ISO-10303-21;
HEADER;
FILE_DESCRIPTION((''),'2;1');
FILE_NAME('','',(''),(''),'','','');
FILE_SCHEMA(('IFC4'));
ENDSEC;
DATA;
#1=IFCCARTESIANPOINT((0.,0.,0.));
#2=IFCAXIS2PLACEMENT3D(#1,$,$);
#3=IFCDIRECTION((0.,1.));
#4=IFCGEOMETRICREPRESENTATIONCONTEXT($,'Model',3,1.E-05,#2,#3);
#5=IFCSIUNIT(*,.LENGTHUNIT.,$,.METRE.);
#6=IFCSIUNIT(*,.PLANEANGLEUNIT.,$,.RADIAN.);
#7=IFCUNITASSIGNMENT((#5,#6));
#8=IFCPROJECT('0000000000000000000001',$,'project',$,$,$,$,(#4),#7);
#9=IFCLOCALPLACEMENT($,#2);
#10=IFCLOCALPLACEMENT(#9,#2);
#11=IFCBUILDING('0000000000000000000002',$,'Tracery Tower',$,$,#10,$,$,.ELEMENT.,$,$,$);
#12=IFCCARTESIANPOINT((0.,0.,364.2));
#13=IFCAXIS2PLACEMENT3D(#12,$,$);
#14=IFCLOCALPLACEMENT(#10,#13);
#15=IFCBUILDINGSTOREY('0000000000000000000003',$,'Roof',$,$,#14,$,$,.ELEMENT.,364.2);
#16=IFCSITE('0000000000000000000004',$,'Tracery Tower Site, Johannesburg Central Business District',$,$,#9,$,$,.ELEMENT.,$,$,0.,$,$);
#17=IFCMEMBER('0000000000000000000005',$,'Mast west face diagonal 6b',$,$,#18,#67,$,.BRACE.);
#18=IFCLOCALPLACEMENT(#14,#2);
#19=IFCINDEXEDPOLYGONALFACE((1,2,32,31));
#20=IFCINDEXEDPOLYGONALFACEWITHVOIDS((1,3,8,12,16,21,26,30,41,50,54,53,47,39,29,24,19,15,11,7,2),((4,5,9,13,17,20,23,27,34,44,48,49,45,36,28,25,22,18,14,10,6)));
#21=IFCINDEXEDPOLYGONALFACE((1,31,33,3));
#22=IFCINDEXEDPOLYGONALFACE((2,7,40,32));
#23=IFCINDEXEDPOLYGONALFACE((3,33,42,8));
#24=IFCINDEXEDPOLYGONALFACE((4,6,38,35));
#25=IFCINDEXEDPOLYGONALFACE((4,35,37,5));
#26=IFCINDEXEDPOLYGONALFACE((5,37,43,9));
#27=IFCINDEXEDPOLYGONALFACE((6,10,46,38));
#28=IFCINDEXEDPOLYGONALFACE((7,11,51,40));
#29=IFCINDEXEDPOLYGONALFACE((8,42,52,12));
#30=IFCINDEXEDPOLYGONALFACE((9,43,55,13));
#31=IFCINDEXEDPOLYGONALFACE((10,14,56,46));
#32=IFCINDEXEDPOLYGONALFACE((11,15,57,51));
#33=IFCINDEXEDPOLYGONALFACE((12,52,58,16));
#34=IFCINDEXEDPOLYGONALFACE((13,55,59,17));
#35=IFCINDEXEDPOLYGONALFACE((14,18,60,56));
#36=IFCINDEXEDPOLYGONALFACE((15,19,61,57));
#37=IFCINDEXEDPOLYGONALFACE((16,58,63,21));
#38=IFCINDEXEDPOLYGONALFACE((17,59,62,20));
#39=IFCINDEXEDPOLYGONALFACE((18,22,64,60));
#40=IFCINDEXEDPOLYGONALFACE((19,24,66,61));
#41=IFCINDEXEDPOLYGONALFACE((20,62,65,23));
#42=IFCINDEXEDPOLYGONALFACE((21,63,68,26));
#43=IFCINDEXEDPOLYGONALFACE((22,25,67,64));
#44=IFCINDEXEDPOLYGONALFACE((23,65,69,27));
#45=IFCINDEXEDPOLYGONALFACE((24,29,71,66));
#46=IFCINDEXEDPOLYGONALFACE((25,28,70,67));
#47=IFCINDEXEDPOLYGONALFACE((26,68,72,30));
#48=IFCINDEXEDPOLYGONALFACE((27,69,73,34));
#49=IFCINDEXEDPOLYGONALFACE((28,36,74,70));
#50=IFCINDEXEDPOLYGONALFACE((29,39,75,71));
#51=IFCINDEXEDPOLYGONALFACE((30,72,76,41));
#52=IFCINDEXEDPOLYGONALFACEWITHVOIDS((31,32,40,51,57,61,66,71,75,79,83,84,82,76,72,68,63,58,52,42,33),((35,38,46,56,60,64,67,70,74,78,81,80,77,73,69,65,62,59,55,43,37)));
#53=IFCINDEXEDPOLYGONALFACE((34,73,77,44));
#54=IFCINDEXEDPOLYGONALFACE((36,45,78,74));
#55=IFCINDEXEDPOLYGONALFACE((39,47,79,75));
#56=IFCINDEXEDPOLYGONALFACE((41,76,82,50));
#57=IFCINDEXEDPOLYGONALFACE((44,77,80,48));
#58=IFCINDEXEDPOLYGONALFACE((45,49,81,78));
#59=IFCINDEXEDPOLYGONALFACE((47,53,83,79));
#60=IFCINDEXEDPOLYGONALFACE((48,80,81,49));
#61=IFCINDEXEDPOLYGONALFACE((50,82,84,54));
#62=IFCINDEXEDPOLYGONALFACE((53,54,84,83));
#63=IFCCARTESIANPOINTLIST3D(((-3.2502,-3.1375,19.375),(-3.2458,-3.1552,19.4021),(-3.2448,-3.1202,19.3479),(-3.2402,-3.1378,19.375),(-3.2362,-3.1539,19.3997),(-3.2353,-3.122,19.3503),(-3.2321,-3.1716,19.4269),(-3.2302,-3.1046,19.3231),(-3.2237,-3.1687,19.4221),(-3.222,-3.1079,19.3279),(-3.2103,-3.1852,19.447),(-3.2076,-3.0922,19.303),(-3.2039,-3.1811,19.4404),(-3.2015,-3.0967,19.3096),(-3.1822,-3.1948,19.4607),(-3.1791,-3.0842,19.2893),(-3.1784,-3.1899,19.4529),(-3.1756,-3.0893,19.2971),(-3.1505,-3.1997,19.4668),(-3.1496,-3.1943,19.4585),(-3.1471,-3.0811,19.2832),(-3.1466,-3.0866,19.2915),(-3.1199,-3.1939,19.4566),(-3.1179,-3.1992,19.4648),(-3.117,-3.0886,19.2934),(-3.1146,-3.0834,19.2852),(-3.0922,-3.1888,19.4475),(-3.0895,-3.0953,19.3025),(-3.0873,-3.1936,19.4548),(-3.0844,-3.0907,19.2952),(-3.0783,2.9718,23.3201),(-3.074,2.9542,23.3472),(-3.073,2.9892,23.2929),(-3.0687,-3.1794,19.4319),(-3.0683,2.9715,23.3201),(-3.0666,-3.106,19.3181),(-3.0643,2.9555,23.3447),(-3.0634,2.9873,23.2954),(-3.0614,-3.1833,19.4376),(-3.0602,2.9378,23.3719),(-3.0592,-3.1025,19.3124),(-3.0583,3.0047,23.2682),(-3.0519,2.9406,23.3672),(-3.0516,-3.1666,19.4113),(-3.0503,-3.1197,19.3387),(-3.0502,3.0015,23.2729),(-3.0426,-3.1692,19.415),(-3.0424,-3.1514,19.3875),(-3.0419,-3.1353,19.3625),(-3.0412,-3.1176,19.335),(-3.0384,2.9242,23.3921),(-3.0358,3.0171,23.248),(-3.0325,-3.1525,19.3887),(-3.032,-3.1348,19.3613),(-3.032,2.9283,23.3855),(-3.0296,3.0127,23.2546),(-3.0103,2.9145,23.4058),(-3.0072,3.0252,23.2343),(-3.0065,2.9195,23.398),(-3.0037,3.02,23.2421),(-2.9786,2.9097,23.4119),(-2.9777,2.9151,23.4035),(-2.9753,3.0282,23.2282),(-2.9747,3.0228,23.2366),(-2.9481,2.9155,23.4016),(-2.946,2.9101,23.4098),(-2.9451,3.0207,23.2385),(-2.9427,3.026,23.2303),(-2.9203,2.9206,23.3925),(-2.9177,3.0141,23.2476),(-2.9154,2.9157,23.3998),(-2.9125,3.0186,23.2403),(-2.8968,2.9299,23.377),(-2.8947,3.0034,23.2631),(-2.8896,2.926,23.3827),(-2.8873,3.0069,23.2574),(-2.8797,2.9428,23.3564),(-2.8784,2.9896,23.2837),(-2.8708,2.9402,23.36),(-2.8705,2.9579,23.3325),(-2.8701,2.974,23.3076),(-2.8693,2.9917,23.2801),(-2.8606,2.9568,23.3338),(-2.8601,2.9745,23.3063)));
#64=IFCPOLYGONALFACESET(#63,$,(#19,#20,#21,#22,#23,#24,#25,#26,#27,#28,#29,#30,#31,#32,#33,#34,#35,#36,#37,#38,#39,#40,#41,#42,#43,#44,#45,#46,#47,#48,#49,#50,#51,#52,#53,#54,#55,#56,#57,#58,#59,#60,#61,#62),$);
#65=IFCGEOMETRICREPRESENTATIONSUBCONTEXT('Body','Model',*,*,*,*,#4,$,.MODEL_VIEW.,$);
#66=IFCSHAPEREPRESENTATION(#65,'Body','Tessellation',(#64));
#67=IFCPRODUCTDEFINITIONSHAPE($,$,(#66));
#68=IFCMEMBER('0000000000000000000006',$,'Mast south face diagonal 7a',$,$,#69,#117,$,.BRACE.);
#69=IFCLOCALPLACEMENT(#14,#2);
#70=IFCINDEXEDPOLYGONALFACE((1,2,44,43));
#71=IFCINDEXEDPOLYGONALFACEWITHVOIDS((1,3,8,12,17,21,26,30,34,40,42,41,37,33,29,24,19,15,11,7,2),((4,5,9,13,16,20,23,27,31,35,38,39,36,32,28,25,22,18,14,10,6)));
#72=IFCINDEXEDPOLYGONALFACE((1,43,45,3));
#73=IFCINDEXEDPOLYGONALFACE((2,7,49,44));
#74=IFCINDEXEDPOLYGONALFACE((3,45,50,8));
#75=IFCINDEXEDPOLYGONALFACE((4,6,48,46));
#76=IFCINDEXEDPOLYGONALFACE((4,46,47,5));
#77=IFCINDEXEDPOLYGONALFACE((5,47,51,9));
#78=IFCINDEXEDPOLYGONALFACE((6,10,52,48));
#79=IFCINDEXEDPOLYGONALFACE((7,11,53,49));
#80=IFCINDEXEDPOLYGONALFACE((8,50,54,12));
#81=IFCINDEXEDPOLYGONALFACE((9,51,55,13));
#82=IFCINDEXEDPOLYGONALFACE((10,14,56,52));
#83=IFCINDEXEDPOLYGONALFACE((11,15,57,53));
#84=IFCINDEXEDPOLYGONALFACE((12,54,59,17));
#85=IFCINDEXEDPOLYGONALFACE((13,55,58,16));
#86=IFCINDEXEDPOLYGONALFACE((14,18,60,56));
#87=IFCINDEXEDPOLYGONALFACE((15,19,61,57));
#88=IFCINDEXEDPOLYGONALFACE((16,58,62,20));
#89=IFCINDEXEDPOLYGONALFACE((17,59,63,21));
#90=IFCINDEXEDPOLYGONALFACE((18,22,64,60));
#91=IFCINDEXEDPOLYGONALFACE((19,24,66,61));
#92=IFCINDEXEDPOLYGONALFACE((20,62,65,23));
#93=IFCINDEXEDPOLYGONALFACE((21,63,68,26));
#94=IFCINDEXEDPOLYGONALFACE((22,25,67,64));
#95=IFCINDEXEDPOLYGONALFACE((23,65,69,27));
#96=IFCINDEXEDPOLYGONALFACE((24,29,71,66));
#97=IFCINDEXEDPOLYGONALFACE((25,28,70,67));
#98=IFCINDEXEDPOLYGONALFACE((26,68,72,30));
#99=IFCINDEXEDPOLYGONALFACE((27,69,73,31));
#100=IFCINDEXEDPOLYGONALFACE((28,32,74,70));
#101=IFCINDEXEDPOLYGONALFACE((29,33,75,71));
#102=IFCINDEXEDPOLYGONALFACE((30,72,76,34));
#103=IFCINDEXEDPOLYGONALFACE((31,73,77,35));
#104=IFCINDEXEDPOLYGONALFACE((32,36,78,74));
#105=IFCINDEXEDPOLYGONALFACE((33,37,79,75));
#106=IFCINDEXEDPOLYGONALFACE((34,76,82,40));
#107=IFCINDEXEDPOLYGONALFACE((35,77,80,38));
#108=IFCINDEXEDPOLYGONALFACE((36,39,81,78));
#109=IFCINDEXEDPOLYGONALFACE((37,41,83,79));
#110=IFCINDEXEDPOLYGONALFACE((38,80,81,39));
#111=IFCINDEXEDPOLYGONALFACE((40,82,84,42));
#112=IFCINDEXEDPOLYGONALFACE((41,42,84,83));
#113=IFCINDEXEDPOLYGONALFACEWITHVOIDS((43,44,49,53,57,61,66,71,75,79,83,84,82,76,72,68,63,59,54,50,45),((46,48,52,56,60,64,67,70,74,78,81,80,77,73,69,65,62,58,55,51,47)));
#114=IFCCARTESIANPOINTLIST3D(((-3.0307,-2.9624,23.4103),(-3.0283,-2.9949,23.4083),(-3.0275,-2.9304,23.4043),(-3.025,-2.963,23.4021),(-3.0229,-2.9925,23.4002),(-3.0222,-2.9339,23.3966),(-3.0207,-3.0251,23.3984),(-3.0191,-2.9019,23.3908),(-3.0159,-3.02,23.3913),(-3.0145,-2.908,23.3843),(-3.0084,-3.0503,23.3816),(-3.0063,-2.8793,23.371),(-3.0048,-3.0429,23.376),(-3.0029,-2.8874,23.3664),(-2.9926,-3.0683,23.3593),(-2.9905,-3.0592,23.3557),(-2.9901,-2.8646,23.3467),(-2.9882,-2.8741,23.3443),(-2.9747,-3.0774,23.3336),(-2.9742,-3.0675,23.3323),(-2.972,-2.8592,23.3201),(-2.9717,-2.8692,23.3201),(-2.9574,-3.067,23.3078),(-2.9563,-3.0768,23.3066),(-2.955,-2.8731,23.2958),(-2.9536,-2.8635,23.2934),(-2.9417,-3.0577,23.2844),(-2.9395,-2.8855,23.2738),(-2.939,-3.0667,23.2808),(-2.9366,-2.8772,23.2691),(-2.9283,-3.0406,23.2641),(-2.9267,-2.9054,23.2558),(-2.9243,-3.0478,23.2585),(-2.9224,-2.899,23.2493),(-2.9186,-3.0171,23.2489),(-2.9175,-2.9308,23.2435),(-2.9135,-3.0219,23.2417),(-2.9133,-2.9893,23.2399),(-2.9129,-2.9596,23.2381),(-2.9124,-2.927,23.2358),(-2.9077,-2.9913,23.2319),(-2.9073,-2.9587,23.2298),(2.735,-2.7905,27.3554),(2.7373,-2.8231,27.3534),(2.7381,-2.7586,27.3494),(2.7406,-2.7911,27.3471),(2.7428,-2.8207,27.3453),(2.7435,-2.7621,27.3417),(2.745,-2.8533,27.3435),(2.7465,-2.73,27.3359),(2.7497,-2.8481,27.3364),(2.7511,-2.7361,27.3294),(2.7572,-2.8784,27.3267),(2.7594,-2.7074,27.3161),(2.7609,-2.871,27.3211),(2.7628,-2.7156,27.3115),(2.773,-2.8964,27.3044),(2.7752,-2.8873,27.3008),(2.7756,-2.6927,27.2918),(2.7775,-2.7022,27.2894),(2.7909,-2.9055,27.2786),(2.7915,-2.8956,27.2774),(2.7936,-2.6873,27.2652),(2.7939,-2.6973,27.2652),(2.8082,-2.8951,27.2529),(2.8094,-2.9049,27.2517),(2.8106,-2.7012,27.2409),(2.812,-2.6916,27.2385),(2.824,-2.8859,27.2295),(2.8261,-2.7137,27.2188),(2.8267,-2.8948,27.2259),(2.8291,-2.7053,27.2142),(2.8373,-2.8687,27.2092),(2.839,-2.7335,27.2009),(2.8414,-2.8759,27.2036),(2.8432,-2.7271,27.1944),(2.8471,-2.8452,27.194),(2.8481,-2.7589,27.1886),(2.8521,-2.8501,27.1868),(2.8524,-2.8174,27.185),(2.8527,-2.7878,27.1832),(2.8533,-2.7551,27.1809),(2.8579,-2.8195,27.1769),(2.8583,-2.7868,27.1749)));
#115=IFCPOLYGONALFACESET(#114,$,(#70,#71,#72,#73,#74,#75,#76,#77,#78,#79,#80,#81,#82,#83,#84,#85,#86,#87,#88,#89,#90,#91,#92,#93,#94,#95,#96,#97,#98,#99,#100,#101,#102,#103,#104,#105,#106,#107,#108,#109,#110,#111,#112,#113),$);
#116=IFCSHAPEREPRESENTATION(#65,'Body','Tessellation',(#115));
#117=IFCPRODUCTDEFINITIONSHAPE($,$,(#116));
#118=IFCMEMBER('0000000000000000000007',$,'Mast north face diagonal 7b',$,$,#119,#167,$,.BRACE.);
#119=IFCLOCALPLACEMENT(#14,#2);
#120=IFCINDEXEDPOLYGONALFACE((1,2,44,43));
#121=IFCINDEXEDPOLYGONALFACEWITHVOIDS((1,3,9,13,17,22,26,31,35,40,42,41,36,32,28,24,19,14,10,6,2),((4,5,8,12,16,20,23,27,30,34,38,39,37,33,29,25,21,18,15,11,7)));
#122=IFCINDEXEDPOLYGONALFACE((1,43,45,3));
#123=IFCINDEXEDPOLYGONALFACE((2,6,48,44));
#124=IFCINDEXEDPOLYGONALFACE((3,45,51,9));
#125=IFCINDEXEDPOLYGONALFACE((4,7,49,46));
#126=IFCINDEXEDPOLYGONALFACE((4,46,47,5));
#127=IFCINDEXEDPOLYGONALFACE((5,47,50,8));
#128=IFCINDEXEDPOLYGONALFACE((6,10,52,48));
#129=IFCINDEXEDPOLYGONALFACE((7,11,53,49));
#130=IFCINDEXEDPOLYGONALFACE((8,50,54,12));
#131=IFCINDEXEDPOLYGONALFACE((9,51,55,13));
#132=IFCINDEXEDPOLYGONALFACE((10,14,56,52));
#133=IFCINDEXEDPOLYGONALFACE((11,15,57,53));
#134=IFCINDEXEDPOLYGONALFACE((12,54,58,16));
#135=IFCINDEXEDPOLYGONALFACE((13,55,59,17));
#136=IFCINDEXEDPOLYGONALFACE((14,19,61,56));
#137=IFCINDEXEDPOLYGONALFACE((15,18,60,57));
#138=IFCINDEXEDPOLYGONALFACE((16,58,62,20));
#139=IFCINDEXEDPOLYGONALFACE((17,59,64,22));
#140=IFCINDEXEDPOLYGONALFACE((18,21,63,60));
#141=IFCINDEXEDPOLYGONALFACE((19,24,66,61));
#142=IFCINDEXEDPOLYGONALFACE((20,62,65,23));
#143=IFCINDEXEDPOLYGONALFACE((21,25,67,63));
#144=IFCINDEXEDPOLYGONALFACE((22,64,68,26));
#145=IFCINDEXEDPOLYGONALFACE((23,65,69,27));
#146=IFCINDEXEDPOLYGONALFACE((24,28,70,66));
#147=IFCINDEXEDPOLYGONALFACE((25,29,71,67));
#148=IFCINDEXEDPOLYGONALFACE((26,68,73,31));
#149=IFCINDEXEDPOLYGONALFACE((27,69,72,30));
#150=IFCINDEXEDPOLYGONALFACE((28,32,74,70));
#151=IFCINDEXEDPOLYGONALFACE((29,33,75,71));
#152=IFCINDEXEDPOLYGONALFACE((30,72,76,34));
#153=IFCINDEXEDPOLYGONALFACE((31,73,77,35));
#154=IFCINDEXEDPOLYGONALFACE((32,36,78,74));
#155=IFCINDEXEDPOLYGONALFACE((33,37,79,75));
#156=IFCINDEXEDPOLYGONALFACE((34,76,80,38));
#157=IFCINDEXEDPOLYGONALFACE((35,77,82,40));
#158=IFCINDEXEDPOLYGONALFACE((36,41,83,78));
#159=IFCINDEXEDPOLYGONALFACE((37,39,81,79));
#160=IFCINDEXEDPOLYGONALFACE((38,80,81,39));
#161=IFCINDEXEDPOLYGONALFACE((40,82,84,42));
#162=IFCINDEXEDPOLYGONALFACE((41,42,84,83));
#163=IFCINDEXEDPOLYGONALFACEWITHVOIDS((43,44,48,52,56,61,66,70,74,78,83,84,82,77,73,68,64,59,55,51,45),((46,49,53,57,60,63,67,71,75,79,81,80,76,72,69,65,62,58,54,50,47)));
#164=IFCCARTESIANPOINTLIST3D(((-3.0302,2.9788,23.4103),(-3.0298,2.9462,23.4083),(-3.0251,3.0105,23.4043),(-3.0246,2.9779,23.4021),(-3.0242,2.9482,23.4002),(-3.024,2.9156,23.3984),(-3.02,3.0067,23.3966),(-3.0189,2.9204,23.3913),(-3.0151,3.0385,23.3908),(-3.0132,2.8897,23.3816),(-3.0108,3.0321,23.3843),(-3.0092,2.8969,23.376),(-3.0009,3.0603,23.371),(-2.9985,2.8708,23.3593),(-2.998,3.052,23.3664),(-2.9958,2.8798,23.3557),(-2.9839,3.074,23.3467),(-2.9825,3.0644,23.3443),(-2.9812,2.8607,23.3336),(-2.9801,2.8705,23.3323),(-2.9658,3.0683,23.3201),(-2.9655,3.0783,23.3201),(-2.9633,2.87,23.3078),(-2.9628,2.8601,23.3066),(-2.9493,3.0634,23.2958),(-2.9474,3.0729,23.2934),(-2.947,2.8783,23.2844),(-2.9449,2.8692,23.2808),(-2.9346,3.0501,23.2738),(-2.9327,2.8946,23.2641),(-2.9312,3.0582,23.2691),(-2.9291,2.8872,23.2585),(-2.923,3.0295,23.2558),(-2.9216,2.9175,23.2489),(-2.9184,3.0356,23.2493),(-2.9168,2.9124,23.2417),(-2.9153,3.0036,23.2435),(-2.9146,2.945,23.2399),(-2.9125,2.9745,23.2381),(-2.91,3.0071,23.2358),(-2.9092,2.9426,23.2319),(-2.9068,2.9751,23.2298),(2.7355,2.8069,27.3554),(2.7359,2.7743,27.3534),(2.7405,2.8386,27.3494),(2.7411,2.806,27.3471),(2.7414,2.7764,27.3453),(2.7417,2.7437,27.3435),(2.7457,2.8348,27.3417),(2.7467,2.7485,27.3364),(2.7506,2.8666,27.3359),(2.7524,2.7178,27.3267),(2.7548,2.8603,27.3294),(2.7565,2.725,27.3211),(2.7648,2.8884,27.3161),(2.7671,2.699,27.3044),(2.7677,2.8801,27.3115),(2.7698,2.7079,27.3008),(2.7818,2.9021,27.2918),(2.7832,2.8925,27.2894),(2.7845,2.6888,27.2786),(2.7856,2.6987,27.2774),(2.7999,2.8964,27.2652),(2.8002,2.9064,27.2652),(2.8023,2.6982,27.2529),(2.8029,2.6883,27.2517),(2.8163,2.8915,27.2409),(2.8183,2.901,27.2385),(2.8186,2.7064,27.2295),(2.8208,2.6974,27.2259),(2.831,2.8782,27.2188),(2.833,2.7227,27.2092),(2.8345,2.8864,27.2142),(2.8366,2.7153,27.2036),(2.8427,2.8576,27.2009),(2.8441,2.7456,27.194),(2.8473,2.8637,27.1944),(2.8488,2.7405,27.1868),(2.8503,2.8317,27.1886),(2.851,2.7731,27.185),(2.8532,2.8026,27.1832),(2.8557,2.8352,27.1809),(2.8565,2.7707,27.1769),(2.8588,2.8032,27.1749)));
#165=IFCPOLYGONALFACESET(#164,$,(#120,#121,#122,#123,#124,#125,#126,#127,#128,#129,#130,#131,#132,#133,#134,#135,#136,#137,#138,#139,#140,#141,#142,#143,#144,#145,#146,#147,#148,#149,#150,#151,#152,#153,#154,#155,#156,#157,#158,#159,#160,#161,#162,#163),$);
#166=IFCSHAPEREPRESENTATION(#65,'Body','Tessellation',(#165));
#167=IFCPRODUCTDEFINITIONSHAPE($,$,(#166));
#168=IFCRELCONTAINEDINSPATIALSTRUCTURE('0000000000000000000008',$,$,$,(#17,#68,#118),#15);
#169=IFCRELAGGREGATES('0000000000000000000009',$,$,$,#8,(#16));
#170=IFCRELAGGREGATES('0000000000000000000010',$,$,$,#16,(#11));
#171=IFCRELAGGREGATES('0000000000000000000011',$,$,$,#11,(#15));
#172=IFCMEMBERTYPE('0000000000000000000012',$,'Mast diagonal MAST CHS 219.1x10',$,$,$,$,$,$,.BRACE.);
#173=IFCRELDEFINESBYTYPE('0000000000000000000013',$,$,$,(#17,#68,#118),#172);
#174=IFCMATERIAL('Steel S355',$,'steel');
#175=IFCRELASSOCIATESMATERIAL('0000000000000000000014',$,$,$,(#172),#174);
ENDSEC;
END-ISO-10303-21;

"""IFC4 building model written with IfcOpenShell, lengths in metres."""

from ifc_helpers import new_model, si_unit, direction, frame, origin, origin_2d, place, context, subcontext, project, spatial, hollow_circle, extrude, material, material_profile, profile_set, type_object, element, save


model = new_model("IFC4")

# Units and contexts
model_context = context("Model", 3, precision=1e-05, world=origin(), true_north=direction((0.0, 1.0)))
body_context = subcontext(model_context, "Body", "Model", "MODEL_VIEW")
ifc_project = project(units=[si_unit("LENGTHUNIT", "METRE"), si_unit("PLANEANGLEUNIT", "RADIAN")], contexts=[model_context])

# Site, building, storey
site_placement = place(None, origin())
site = spatial("IfcSite", under=ifc_project, at=site_placement, Name="Tracery Tower Site, Johannesburg Central Business District", CompositionType="ELEMENT", RefElevation=0.0)
building_placement = place(site_placement, origin())
building = spatial("IfcBuilding", under=site, at=building_placement, Name="Tracery Tower", CompositionType="ELEMENT")
storey_placement = place(building_placement, frame((0.0, 0.0, 364.2)))
storey = spatial("IfcBuildingStorey", under=building, at=storey_placement, Name="Roof", CompositionType="ELEMENT", Elevation=364.2)

# Members
ifc_material_1 = material(Name="Steel S355", Category="steel")
ifc_material_profile_1 = material_profile(ifc_material_1, hollow_circle(Radius=0.1096, WallThickness=0.01, at=origin_2d()), Name="CHS 219.1x10")
ifc_profile_set_1 = profile_set([ifc_material_profile_1], Name="Steel S355")
member_type_1 = type_object("IfcMemberType", Name="Mast diagonal MAST CHS 219.1x10", PredefinedType="BRACE", material=ifc_profile_set_1)
for number, where, z_axis, x_axis, name in (
    (1, (-3.1406, -3.1406, 19.375), (0.023627, 0.839841, 0.542319), (-0.999605, 0.028122, 0.0), "Mast west face diagonal 6b"),
):
    element("IfcMember", number, at=place(storey_placement, frame(where, z_axis=z_axis, x_axis=x_axis)), inside=storey, type_object=member_type_1, Name=name, PredefinedType="BRACE", context=body_context, shape_type="SweptSolid", body=[
        extrude(hollow_circle(Radius=0.1096, WallThickness=0.01, at=origin_2d()), origin(), (0.0, 0.0, 1.0), 7.2744),
    ])
for number, where, z_axis, x_axis, name in (
    (2, (-2.9688, -2.9688, 23.3201), (0.825046, 0.024595, 0.564529), (-0.029797, 0.999556, 0.0), "Mast south face diagonal 7a"),
    (3, (-2.9688, 2.9688, 23.3201), (0.825046, -0.024595, 0.564529), (0.029797, 0.999556, 0.0), "Mast north face diagonal 7b"),
):
    element("IfcMember", number, at=place(storey_placement, frame(where, z_axis=z_axis, x_axis=x_axis)), inside=storey, type_object=member_type_1, Name=name, PredefinedType="BRACE", context=body_context, shape_type="SweptSolid", body=[
        extrude(hollow_circle(Radius=0.1096, WallThickness=0.01, at=origin_2d()), origin(), (0.0, 0.0, 1.0), 6.9883),
    ])

save(model, "model.ifc")
